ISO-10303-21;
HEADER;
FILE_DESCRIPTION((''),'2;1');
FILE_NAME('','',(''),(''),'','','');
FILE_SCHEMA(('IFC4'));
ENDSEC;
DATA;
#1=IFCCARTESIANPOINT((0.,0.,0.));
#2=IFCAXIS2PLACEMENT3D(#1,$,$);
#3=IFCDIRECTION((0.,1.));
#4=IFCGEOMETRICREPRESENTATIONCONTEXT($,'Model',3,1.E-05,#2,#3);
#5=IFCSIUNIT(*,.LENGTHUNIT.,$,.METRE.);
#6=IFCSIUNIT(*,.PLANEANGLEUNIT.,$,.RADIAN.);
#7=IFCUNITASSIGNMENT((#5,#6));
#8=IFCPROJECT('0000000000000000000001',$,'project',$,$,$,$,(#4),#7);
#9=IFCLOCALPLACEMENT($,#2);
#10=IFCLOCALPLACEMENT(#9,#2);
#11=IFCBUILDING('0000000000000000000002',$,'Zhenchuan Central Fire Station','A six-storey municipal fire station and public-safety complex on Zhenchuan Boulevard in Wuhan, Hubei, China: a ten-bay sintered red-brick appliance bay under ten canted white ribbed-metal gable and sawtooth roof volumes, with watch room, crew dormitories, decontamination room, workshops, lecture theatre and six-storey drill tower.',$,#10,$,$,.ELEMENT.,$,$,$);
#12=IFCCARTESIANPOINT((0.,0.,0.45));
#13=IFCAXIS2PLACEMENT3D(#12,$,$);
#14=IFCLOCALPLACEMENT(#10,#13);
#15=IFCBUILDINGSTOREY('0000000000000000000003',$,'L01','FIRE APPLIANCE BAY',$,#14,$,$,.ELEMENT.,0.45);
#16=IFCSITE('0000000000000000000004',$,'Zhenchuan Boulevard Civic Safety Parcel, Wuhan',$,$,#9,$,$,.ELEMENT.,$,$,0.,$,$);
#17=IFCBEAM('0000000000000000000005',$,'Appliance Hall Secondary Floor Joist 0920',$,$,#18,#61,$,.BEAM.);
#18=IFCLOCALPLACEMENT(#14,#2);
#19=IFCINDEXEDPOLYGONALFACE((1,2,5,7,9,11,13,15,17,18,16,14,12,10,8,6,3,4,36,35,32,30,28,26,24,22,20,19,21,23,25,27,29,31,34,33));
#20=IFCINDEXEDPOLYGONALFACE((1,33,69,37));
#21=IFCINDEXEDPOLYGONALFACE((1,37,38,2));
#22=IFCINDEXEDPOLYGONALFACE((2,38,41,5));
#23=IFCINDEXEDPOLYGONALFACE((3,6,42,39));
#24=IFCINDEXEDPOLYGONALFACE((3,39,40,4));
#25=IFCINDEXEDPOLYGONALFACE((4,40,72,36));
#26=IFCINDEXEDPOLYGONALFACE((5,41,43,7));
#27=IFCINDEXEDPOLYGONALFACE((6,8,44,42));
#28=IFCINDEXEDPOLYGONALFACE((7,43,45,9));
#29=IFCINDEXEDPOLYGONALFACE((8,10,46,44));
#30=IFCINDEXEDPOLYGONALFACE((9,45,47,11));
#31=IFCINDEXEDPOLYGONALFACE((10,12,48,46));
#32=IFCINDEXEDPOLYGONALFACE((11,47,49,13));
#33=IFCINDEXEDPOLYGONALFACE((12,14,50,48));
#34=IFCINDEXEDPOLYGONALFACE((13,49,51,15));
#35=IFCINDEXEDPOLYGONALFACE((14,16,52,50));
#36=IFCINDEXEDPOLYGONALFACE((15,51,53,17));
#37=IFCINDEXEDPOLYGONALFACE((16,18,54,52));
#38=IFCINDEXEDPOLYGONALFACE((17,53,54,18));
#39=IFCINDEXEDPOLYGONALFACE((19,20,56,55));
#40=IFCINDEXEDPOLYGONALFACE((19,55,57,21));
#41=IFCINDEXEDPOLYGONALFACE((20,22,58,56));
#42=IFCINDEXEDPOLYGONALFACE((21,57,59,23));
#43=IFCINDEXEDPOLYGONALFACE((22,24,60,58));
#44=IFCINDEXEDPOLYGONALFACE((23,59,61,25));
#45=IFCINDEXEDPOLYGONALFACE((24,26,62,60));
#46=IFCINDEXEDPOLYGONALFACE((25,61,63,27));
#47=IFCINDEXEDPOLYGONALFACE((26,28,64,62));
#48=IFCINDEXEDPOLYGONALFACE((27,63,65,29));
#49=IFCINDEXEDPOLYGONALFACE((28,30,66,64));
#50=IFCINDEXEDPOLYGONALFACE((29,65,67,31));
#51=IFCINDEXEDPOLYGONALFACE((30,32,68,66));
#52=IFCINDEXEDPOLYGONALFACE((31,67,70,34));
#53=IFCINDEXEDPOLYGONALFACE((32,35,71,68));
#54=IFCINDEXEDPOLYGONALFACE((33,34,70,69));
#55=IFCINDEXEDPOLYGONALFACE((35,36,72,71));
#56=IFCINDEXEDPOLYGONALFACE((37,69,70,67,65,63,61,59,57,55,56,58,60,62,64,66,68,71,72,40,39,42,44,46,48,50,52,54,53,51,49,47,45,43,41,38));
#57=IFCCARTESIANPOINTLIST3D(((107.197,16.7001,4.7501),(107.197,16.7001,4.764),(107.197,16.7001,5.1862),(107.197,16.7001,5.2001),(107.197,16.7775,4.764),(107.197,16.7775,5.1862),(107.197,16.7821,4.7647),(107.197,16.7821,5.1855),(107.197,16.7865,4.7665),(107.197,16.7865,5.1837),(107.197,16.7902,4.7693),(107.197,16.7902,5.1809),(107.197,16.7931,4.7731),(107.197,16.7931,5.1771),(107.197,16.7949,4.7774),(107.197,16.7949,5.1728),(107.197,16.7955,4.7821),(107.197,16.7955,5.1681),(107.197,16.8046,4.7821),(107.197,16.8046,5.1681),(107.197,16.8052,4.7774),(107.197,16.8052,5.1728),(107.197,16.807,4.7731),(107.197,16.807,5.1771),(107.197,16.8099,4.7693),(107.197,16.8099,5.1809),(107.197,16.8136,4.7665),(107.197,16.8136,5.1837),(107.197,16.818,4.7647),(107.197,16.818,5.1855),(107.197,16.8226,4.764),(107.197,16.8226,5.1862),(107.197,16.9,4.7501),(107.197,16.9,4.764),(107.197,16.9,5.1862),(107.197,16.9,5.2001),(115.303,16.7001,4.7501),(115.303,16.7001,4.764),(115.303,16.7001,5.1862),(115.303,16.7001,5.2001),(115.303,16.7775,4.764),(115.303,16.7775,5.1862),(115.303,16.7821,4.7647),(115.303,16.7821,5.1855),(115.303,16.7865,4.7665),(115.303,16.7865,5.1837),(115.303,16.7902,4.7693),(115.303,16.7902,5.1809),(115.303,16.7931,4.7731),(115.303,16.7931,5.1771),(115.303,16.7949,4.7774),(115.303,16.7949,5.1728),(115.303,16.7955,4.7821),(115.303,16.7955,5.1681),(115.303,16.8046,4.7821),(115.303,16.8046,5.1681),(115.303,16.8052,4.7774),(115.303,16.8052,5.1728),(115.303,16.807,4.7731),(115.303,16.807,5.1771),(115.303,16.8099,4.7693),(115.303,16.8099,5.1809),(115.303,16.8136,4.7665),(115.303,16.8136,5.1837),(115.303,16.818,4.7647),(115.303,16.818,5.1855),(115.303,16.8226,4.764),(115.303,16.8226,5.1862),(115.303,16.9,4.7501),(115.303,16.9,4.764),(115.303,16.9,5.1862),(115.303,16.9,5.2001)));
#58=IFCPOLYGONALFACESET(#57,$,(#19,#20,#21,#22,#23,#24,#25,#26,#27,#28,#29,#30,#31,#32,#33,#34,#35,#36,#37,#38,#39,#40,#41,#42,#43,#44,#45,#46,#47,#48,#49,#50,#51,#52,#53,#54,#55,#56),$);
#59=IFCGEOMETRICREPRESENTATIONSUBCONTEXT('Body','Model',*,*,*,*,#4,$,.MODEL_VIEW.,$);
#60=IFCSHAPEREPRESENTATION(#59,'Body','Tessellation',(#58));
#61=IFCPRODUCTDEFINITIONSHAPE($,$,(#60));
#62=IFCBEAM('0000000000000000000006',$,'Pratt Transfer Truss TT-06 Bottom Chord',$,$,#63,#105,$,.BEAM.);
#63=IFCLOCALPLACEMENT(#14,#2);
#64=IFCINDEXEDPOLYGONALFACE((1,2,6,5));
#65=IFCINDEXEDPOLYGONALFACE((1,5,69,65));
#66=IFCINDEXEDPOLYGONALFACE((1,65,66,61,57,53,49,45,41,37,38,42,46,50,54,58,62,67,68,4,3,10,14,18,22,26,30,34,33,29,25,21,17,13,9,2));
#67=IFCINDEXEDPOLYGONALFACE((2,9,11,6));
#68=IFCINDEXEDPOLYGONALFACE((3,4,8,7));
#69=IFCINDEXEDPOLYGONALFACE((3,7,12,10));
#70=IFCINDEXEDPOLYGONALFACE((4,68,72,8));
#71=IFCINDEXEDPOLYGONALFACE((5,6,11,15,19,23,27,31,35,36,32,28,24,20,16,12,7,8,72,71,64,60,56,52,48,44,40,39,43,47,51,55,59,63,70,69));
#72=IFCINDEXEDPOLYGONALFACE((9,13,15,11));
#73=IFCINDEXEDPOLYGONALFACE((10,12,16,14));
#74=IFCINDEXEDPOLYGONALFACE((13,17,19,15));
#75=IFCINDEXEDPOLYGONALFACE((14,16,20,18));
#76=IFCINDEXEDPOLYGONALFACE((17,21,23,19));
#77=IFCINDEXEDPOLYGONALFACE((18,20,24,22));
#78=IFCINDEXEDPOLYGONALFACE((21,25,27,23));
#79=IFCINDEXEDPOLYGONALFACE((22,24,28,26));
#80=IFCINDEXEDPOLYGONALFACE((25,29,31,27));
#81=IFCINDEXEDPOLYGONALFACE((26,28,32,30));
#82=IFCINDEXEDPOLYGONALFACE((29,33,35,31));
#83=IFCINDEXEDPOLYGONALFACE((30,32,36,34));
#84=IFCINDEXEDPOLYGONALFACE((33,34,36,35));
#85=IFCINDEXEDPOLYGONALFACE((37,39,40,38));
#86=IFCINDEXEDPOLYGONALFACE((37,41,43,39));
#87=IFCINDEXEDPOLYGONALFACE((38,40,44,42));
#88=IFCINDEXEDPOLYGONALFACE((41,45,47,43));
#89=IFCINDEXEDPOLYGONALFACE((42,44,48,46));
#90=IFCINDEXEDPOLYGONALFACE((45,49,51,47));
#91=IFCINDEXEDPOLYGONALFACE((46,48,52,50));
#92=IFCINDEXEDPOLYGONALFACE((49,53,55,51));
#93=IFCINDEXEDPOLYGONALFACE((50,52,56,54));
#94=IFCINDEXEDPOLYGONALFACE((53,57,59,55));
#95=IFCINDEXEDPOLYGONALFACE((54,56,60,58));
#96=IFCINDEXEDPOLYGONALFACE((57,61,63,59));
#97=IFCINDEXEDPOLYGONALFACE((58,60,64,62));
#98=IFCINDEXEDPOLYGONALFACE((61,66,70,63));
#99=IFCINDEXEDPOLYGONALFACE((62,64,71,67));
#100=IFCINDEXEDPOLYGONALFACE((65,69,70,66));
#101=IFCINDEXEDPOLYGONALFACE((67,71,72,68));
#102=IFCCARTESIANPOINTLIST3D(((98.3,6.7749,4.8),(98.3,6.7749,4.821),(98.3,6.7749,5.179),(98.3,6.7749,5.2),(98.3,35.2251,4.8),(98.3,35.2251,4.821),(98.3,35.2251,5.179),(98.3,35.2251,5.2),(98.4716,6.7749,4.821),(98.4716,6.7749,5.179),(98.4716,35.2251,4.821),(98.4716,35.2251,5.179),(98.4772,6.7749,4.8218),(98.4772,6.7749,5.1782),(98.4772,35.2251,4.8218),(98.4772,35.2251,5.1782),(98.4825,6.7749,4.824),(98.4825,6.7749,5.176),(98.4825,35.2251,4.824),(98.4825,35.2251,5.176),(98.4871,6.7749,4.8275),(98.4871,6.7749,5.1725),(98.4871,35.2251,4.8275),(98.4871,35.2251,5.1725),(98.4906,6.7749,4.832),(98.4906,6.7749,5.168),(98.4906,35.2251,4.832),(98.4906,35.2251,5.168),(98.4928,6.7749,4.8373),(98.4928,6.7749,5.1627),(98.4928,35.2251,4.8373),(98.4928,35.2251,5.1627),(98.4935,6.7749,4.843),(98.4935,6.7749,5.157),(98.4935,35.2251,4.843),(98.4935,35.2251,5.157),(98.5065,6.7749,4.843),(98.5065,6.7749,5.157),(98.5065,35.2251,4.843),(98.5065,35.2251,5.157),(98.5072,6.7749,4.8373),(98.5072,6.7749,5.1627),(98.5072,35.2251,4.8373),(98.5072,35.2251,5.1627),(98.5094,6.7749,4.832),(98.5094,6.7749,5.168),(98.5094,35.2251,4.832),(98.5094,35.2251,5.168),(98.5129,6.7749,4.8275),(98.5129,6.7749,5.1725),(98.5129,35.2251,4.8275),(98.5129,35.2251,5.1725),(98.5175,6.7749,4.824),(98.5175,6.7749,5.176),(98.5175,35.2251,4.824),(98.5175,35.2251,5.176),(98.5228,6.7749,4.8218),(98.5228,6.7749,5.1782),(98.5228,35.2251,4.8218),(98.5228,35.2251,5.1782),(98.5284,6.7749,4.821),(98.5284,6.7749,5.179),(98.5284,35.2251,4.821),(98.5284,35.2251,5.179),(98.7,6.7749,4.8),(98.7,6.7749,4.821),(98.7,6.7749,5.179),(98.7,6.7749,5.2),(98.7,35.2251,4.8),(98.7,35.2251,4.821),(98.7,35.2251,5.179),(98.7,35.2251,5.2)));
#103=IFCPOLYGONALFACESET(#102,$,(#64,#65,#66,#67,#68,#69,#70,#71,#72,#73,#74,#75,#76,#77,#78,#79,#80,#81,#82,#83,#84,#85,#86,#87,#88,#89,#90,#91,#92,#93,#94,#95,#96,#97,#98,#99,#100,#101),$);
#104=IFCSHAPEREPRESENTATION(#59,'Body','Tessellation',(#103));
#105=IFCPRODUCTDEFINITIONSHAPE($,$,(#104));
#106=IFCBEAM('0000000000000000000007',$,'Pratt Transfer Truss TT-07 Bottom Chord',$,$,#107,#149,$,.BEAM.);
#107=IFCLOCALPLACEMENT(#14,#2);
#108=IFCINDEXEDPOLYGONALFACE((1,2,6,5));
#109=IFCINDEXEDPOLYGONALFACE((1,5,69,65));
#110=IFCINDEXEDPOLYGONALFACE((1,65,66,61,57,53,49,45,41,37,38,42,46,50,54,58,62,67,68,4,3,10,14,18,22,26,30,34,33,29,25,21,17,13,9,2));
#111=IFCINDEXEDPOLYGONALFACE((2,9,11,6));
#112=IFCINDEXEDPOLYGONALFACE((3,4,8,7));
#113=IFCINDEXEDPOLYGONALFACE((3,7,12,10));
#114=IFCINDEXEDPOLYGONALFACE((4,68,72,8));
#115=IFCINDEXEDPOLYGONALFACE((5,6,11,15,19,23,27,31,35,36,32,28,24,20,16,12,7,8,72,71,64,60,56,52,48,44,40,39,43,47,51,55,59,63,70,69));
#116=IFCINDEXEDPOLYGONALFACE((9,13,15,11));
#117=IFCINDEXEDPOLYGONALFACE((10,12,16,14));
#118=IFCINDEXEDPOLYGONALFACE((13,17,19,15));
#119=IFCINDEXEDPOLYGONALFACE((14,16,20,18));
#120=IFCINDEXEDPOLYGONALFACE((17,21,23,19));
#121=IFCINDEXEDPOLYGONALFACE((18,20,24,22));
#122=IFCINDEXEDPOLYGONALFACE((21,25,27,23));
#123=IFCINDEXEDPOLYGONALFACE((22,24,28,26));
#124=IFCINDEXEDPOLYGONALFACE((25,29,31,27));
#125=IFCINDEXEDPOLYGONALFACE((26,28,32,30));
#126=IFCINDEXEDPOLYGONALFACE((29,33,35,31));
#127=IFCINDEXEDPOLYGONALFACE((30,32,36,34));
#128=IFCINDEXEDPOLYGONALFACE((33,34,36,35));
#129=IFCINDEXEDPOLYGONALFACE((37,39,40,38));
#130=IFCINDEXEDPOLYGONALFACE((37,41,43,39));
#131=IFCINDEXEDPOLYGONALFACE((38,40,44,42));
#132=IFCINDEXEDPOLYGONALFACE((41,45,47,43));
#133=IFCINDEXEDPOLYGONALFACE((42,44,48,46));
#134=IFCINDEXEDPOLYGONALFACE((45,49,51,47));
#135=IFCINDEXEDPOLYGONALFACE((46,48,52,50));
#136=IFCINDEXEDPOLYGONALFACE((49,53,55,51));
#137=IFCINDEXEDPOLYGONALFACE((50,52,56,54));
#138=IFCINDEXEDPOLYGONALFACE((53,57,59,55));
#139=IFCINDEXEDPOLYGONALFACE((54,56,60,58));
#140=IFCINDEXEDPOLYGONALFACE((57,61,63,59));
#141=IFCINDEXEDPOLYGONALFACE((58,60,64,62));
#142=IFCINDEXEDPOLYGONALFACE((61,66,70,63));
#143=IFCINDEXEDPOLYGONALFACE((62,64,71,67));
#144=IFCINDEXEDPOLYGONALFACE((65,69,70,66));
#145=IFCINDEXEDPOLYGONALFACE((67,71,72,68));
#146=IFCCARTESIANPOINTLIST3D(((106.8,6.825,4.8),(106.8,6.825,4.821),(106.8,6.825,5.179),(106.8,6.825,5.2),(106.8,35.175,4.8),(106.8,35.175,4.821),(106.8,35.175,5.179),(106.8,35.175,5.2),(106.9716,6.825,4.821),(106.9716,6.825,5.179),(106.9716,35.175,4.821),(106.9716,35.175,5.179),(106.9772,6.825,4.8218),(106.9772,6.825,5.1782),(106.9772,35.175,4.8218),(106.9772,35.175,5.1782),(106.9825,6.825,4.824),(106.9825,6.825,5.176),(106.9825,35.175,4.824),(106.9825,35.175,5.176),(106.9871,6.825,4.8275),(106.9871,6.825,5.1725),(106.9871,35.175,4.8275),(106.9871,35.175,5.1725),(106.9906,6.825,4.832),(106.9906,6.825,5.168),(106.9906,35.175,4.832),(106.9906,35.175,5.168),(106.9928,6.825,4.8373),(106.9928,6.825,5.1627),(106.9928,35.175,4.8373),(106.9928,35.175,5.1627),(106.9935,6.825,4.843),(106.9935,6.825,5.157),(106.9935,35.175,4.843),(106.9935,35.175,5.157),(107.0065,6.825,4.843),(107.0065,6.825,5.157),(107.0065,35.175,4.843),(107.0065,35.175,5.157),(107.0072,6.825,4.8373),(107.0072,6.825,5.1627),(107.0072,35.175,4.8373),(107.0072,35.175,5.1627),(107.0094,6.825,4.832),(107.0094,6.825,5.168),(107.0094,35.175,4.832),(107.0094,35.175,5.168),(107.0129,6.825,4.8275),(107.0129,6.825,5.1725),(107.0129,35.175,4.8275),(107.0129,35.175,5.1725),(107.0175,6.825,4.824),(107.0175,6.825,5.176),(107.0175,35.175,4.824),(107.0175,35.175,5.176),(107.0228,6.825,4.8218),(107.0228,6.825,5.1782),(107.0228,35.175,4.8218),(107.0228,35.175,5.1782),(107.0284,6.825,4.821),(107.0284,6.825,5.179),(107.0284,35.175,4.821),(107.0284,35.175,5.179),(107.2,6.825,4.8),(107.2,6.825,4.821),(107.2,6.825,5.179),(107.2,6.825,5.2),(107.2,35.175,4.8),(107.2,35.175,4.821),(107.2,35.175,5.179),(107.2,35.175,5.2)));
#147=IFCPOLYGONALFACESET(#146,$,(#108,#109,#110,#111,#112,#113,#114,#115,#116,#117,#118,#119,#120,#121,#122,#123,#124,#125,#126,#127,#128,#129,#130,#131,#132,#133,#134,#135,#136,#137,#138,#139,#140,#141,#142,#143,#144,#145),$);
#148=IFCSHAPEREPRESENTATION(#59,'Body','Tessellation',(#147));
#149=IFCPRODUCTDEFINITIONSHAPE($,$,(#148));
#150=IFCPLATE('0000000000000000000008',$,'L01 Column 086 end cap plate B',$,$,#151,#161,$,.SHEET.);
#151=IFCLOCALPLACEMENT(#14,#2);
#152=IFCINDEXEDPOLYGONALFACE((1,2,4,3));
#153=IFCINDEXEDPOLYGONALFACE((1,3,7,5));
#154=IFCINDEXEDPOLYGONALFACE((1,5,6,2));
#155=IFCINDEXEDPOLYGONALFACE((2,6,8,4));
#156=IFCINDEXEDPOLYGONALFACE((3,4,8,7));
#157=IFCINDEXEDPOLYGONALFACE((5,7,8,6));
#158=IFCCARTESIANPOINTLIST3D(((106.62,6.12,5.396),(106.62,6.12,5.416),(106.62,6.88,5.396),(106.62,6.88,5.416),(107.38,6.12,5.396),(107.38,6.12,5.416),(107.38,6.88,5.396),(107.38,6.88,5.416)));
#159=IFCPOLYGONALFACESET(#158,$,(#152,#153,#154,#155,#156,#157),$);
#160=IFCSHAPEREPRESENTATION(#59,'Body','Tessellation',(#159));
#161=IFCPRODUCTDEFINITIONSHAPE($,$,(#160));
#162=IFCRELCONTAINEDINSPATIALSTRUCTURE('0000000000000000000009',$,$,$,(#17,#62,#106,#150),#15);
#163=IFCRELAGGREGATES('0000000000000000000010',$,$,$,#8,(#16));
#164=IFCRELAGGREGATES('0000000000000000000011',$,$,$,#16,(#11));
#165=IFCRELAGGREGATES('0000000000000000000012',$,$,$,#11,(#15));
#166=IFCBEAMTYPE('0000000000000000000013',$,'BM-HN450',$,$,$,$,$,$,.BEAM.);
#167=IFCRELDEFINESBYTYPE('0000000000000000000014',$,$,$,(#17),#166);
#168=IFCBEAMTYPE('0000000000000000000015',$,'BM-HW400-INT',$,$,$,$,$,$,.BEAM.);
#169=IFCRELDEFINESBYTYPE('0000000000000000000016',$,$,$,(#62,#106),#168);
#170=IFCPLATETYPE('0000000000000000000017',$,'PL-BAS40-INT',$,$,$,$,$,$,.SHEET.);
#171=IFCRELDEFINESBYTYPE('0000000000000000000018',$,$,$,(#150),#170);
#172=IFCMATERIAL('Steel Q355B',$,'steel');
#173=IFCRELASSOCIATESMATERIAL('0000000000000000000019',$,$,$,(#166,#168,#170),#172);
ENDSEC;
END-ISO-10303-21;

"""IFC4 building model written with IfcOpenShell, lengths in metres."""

from ifc_helpers import new_model, si_unit, direction, frame, origin, origin_2d, place, context, subcontext, project, spatial, rectangle, i_section, extrude, material, material_profile, profile_set, type_object, element, save


model = new_model("IFC4")

# Units and contexts
model_context = context("Model", 3, precision=1e-05, world=origin(), true_north=direction((0.0, 1.0)))
body_context = subcontext(model_context, "Body", "Model", "MODEL_VIEW")
ifc_project = project(units=[si_unit("LENGTHUNIT", "METRE"), si_unit("PLANEANGLEUNIT", "RADIAN")], contexts=[model_context])

# Site, building, storey
site_placement = place(None, origin())
site = spatial("IfcSite", under=ifc_project, at=site_placement, Name="Zhenchuan Boulevard Civic Safety Parcel, Wuhan", CompositionType="ELEMENT", RefElevation=0.0)
building_placement = place(site_placement, origin())
building = spatial("IfcBuilding", under=site, at=building_placement, Name="Zhenchuan Central Fire Station", Description="A six-storey municipal fire station and public-safety complex on Zhenchuan Boulevard in Wuhan, Hubei, China: a ten-bay sintered red-brick appliance bay under ten canted white ribbed-metal gable and sawtooth roof volumes, with watch room, crew dormitories, decontamination room, workshops, lecture theatre and six-storey drill tower.", CompositionType="ELEMENT")
storey_placement = place(building_placement, frame((0.0, 0.0, 0.45)))
storey = spatial("IfcBuildingStorey", under=building, at=storey_placement, Name="L01", Description="FIRE APPLIANCE BAY", CompositionType="ELEMENT", Elevation=0.45)

# Shared definitions
ifc_material_1 = material(Name="Steel Q355B", Category="steel")

# Beams
ifc_material_profile_1 = material_profile(ifc_material_1, i_section(OverallWidth=0.2, OverallDepth=0.45, WebThickness=0.009, FlangeThickness=0.0139, FilletRadius=0.0181, at=origin_2d()), Name="HN 450x200")
ifc_profile_set_1 = profile_set([ifc_material_profile_1], Name="Steel Q355B")
beam_type_1 = type_object("IfcBeamType", Name="BM-HN450", PredefinedType="BEAM", material=ifc_profile_set_1)
for number, where, z_axis, x_axis, name in (
    (1, (107.197, 16.8, 4.9751), (1.0, 0.0, 0.0), (0.0, 1.0, 0.0), "Appliance Hall Secondary Floor Joist 0920"),
):
    element("IfcBeam", number, at=place(storey_placement, frame(where, z_axis=z_axis, x_axis=x_axis)), inside=storey, type_object=beam_type_1, Name=name, PredefinedType="BEAM", context=body_context, shape_type="SweptSolid", body=[
        extrude(i_section(OverallWidth=0.2, OverallDepth=0.45, WebThickness=0.009, FlangeThickness=0.0139, FilletRadius=0.0181, at=origin_2d()), origin(), (0.0, 0.0, 1.0), 8.106),
    ])
ifc_material_profile_2 = material_profile(ifc_material_1, i_section(OverallWidth=0.3999, OverallDepth=0.3999, WebThickness=0.0129, FlangeThickness=0.021, FilletRadius=0.022, at=origin_2d()), Name="HW 400x400")
ifc_profile_set_2 = profile_set([ifc_material_profile_2], Name="Steel Q355B")
beam_type_2 = type_object("IfcBeamType", Name="BM-HW400-INT", PredefinedType="BEAM", material=ifc_profile_set_2)
beam_1_placement = place(storey_placement, frame((98.5, 6.7749, 5.0), z_axis=(0.0, 1.0, 0.0), x_axis=(-1.0, 0.0, 0.0)))
element("IfcBeam", 2, at=beam_1_placement, inside=storey, type_object=beam_type_2, Name="Pratt Transfer Truss TT-06 Bottom Chord", PredefinedType="BEAM", context=body_context, shape_type="SweptSolid", body=[
    extrude(i_section(OverallWidth=0.3999, OverallDepth=0.3999, WebThickness=0.0129, FlangeThickness=0.021, FilletRadius=0.022, at=origin_2d()), origin(), (0.0, 0.0, 1.0), 28.4502),
])
beam_2_placement = place(storey_placement, frame((107.0, 6.825, 5.0), z_axis=(0.0, 1.0, 0.0), x_axis=(-1.0, 0.0, 0.0)))
element("IfcBeam", 3, at=beam_2_placement, inside=storey, type_object=beam_type_2, Name="Pratt Transfer Truss TT-07 Bottom Chord", PredefinedType="BEAM", context=body_context, shape_type="SweptSolid", body=[
    extrude(i_section(OverallWidth=0.3999, OverallDepth=0.3999, WebThickness=0.0129, FlangeThickness=0.021, FilletRadius=0.022, at=origin_2d()), origin(), (0.0, 0.0, 1.0), 28.3501),
])

# Plate
ifc_material_profile_3 = material_profile(ifc_material_1, rectangle(XDim=0.76, YDim=0.76, at=origin_2d()), Name="PL 760x760x40")
ifc_profile_set_3 = profile_set([ifc_material_profile_3], Name="Steel Q355B")
plate_type = type_object("IfcPlateType", Name="PL-BAS40-INT", PredefinedType="SHEET", material=ifc_profile_set_3)
plate_placement = place(storey_placement, frame((107.0, 6.5, 5.396), z_axis=(0.0, 0.0, 1.0), x_axis=(1.0, 0.0, 0.0)))
element("IfcPlate", 4, at=plate_placement, inside=storey, type_object=plate_type, Name="L01 Column 086 end cap plate B", PredefinedType="SHEET", context=body_context, shape_type="SweptSolid", body=[
    extrude(rectangle(XDim=0.76, YDim=0.76, at=origin_2d()), origin(), (0.0, 0.0, 1.0), 0.02),
])

save(model, "model.ifc")
